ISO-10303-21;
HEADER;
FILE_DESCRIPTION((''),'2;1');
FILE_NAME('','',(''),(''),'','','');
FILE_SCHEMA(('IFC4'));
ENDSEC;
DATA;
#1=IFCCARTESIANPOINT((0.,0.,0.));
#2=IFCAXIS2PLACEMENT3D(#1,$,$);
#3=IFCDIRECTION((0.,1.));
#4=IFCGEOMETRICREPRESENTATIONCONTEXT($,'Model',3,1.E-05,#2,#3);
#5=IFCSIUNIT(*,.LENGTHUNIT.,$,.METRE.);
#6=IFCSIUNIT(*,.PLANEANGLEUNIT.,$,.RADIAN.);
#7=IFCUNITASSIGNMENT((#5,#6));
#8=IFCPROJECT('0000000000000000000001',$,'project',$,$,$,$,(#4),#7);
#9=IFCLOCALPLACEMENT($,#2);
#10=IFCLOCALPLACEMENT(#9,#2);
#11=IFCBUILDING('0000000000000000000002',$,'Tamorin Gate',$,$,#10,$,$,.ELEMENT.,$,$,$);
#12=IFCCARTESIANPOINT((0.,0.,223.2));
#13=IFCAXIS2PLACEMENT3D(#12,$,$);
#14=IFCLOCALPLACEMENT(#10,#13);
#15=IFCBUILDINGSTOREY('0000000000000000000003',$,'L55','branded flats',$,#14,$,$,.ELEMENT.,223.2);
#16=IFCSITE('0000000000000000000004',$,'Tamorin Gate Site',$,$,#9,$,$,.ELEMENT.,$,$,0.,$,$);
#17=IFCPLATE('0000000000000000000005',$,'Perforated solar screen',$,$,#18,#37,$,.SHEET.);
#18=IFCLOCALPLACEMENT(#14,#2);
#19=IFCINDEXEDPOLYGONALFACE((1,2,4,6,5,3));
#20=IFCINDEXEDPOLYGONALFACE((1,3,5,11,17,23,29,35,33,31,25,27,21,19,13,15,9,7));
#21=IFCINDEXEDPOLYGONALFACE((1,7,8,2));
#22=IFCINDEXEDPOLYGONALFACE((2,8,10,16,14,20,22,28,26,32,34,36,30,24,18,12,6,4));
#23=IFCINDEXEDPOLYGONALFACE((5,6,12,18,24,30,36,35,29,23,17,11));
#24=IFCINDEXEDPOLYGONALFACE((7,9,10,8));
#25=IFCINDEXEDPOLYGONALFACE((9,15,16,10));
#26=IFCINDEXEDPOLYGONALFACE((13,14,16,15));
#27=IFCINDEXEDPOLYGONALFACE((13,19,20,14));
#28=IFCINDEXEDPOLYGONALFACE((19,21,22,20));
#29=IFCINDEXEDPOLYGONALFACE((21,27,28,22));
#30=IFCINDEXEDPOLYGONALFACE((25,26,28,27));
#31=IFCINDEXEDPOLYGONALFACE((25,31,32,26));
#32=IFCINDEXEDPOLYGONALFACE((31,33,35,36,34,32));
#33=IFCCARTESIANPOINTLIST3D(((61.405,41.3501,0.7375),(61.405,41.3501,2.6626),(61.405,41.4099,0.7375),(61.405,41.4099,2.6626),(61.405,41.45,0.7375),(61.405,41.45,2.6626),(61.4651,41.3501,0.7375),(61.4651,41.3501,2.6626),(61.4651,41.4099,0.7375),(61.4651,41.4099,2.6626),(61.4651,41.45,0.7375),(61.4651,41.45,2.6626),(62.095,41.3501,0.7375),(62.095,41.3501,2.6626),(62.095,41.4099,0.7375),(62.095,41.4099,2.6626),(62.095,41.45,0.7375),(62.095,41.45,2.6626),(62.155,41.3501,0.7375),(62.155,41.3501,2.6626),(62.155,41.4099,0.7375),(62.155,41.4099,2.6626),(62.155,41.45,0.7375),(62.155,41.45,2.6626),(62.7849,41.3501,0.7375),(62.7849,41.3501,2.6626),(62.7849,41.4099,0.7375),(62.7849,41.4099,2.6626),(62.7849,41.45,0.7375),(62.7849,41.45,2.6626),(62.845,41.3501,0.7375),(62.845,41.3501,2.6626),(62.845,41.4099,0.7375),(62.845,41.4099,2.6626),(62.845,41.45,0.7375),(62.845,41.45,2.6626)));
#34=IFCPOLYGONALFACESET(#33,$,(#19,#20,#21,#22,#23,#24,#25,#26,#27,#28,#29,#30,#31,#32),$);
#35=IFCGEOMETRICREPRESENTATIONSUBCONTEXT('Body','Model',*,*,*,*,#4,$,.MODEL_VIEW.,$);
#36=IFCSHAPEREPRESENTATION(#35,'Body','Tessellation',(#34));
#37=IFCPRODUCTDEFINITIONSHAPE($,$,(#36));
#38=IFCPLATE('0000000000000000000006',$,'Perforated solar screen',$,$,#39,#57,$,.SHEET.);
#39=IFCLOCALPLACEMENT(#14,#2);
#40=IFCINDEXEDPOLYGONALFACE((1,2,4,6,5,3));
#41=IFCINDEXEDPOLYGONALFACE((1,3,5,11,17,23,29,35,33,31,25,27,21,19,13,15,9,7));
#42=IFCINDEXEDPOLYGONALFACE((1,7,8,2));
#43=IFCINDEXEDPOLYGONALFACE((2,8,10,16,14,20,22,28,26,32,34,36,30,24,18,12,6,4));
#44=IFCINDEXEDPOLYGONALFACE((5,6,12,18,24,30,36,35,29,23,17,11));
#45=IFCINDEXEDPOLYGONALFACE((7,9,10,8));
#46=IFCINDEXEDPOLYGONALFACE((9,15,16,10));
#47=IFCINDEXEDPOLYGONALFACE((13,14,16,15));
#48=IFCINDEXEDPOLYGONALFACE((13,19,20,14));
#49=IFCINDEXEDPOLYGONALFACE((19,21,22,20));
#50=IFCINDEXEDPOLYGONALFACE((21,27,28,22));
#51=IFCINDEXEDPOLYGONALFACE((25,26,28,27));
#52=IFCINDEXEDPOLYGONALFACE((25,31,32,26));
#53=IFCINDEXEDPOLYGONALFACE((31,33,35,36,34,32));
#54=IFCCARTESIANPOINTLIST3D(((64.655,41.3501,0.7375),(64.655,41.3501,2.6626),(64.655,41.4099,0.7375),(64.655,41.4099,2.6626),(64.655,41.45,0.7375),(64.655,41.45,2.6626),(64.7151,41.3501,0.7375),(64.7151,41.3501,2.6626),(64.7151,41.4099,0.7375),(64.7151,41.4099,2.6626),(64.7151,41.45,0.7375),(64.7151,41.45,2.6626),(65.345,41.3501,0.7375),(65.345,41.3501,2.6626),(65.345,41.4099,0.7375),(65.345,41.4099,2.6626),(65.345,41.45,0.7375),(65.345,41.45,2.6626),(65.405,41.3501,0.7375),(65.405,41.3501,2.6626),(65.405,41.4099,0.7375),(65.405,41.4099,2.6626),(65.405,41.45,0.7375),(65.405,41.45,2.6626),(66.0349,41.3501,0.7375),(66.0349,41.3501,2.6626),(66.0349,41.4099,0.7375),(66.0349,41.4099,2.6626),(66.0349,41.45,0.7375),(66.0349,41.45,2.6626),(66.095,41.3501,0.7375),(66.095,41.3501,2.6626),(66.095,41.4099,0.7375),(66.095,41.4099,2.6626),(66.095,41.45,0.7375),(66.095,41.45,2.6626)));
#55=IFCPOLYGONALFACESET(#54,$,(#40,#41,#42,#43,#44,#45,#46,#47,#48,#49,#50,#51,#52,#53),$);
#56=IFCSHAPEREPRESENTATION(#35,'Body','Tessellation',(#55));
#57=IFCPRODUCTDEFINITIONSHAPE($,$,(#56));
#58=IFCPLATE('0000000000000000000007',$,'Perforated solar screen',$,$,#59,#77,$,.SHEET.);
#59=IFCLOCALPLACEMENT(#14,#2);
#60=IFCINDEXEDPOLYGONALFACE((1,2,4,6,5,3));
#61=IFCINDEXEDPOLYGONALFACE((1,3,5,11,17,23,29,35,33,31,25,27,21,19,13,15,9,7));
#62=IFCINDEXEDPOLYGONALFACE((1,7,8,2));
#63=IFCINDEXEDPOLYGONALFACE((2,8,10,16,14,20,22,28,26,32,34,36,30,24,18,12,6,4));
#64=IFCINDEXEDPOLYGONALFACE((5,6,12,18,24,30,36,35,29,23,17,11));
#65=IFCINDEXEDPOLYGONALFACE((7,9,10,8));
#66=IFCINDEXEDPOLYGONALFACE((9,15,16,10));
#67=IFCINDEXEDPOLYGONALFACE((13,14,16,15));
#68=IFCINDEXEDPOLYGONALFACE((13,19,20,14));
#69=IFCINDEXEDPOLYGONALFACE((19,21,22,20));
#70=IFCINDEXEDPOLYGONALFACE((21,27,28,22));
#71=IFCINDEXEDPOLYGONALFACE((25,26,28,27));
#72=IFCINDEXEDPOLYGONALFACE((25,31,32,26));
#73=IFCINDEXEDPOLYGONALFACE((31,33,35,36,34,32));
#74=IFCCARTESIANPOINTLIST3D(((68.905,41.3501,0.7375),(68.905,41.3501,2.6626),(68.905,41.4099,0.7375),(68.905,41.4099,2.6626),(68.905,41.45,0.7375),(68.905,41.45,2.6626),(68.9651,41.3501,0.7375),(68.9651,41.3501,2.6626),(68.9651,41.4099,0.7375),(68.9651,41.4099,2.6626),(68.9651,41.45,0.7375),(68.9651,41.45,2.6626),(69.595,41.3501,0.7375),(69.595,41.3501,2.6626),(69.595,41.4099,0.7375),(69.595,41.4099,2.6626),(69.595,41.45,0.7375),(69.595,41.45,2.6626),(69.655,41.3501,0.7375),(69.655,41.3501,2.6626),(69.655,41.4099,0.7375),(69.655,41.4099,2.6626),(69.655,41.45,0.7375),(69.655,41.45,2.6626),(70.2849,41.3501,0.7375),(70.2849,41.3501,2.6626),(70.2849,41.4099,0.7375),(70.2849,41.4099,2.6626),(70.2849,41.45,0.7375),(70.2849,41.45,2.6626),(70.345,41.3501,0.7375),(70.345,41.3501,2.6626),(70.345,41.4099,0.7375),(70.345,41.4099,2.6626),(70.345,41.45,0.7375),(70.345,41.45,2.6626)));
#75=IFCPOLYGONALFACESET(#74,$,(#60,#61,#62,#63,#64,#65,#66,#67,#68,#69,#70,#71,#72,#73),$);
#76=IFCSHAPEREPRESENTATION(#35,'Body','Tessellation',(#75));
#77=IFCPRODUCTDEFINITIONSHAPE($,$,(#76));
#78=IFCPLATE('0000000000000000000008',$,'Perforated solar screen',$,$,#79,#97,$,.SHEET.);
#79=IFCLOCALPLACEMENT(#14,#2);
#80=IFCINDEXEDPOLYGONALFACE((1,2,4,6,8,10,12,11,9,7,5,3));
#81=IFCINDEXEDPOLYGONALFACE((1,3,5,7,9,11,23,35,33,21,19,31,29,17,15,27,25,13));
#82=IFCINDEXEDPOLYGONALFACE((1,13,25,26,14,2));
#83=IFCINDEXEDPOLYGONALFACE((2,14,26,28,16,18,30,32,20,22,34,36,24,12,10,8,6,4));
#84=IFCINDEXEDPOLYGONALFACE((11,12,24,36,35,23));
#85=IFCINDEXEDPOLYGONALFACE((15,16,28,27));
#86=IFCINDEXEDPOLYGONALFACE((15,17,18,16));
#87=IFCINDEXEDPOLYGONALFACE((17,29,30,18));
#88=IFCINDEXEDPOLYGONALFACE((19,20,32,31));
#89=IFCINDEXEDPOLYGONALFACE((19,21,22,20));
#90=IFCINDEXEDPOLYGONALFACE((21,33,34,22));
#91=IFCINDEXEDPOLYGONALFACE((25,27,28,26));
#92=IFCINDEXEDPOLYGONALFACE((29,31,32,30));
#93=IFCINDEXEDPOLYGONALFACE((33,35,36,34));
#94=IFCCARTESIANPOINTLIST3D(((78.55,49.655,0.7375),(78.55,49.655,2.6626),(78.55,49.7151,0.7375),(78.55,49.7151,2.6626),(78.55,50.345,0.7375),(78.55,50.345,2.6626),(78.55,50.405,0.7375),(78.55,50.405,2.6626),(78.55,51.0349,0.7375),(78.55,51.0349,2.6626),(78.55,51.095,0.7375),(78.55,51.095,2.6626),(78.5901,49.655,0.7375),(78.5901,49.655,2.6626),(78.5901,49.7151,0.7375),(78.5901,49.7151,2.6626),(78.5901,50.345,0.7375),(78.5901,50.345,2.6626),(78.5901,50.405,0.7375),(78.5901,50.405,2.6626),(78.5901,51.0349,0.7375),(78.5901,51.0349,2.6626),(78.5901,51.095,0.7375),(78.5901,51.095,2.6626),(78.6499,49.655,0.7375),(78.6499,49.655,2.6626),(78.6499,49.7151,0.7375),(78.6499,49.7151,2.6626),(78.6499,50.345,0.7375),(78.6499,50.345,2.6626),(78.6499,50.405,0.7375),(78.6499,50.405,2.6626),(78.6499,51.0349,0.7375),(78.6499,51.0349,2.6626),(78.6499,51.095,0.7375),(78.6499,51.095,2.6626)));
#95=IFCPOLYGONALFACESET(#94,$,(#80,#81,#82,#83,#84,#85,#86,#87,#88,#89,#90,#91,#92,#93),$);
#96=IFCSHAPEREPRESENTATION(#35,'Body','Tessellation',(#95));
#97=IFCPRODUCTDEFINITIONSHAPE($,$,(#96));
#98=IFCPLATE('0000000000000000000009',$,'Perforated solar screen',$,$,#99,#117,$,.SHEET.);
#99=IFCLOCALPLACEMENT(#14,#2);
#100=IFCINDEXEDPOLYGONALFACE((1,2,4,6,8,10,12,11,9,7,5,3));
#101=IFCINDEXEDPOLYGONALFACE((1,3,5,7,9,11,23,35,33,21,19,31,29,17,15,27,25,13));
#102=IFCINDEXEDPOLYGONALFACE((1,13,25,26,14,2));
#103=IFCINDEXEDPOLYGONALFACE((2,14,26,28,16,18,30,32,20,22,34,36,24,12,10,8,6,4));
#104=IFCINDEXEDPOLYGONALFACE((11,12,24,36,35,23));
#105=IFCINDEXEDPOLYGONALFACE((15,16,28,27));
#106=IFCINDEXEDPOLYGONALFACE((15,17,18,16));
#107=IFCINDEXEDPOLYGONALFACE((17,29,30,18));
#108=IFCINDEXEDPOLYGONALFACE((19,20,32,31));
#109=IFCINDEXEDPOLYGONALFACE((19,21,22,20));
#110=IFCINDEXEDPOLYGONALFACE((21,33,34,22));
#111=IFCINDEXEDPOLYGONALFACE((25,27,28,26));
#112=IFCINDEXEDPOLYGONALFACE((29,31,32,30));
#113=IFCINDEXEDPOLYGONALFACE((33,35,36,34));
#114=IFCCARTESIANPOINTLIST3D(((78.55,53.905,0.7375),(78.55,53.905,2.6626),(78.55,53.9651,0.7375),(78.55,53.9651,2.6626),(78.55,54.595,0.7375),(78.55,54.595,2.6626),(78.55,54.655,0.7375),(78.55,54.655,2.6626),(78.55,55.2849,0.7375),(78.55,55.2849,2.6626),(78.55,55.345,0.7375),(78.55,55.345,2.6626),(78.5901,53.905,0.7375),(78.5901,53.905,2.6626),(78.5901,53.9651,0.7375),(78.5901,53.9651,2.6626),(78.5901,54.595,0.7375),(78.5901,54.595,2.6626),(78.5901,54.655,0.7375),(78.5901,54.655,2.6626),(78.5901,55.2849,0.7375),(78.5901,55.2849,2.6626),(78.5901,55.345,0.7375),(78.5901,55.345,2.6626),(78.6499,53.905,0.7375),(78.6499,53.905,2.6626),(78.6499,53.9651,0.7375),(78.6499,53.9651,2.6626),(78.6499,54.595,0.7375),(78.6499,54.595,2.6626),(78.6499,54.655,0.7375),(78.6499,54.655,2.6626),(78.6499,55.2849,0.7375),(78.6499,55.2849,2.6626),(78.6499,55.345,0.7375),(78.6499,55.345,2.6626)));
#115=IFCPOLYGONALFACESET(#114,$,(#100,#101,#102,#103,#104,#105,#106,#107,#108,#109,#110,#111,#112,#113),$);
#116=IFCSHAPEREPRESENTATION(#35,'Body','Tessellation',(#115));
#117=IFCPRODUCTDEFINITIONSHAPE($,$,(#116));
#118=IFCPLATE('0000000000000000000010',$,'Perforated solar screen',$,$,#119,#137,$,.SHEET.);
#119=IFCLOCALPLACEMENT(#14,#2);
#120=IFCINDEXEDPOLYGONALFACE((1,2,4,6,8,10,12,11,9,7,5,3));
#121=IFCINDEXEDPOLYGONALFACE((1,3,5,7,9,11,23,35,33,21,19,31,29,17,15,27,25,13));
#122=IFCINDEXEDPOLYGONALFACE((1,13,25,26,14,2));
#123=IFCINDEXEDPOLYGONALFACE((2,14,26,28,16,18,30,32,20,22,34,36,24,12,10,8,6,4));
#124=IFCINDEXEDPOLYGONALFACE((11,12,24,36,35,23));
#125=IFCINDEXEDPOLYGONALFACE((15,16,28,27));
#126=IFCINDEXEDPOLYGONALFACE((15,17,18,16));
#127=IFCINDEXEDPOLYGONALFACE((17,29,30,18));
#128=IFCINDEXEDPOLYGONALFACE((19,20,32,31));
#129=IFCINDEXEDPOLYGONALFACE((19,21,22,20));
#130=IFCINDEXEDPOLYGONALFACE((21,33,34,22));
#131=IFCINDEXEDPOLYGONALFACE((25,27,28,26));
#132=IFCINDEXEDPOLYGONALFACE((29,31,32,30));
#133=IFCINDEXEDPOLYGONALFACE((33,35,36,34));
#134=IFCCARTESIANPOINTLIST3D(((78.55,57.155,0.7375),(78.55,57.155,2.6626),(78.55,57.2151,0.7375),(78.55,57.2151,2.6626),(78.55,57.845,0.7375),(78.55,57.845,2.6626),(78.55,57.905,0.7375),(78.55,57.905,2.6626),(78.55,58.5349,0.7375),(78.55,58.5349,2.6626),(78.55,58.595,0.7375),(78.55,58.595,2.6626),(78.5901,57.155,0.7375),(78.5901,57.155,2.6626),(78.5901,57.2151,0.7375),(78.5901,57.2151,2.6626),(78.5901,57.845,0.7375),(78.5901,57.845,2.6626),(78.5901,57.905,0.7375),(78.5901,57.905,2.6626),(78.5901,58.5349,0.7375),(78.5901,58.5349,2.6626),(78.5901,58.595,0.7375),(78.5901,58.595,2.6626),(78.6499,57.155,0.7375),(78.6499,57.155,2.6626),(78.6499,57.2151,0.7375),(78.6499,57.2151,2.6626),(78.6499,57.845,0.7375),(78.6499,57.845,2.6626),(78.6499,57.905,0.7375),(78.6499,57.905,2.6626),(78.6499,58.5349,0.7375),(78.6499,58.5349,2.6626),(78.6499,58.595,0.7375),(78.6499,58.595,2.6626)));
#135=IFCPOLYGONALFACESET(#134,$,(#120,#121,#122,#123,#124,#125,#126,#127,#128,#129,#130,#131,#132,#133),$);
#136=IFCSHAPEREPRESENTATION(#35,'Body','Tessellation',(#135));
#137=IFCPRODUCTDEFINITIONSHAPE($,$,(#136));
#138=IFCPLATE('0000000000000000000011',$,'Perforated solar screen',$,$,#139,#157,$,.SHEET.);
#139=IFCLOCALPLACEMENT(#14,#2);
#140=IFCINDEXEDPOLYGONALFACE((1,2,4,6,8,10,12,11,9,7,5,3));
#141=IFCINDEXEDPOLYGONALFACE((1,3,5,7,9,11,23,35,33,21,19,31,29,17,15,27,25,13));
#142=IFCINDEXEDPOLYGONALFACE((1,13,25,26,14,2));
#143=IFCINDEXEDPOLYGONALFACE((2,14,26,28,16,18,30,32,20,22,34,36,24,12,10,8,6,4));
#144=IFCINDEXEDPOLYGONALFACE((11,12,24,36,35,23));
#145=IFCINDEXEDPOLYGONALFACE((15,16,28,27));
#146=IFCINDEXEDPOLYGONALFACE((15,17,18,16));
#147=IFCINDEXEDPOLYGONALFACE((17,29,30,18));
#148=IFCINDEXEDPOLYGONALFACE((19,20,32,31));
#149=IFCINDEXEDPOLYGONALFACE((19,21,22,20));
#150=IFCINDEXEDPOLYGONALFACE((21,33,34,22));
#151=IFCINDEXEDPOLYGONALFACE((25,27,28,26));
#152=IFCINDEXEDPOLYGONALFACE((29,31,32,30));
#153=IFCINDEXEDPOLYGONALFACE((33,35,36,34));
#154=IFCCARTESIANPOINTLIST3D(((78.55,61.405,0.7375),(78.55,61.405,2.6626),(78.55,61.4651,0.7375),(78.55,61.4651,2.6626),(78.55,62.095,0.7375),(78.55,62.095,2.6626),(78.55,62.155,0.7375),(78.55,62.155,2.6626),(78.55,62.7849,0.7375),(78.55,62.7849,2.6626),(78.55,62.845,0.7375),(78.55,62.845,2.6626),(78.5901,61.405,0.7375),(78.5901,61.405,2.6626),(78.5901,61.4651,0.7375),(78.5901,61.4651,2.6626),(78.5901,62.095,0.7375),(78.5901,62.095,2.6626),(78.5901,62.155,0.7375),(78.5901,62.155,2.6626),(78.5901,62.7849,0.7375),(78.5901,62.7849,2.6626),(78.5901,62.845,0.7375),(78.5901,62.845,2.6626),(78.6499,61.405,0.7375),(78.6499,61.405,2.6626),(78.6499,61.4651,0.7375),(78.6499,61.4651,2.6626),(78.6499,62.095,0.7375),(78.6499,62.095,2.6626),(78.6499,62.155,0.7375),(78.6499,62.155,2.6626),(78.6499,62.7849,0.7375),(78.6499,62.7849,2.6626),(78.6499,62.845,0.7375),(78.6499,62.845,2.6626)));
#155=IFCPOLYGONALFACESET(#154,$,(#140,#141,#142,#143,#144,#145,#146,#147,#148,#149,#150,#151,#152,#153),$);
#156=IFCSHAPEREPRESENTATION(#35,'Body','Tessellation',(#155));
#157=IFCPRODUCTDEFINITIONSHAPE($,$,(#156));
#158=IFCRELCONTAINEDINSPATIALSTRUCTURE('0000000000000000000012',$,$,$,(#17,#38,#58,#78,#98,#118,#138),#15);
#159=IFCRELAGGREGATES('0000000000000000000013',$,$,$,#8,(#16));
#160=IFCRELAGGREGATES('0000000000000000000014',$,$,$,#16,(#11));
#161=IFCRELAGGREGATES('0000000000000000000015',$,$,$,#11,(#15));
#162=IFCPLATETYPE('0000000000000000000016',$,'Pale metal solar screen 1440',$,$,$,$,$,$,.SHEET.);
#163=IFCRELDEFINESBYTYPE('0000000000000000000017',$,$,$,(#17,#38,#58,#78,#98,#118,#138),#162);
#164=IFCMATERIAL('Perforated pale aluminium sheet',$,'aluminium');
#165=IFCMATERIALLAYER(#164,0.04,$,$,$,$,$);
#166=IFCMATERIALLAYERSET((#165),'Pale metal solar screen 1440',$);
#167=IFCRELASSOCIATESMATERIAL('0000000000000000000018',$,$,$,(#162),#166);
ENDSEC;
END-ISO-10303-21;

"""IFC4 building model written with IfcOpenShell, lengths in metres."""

from ifc_helpers import new_model, si_unit, direction, frame, origin, place, context, subcontext, project, spatial, polyline, outline, extrude, material, layer, layer_set, type_object, element, save


model = new_model("IFC4")

# Units and contexts
model_context = context("Model", 3, precision=1e-05, world=origin(), true_north=direction((0.0, 1.0)))
body_context = subcontext(model_context, "Body", "Model", "MODEL_VIEW")
ifc_project = project(units=[si_unit("LENGTHUNIT", "METRE"), si_unit("PLANEANGLEUNIT", "RADIAN")], contexts=[model_context])

# Site, building, storey
site_placement = place(None, origin())
site = spatial("IfcSite", under=ifc_project, at=site_placement, Name="Tamorin Gate Site", CompositionType="ELEMENT", RefElevation=0.0)
building_placement = place(site_placement, origin())
building = spatial("IfcBuilding", under=site, at=building_placement, Name="Tamorin Gate", CompositionType="ELEMENT")
storey_placement = place(building_placement, frame((0.0, 0.0, 223.2)))
storey = spatial("IfcBuildingStorey", under=building, at=storey_placement, Name="L55", Description="branded flats", CompositionType="ELEMENT", Elevation=223.2)

# Plates
ifc_material_1 = material(Name="Perforated pale aluminium sheet", Category="aluminium")
ifc_layer_1 = layer(ifc_material_1, 0.04)
ifc_layer_set_1 = layer_set([ifc_layer_1], Name="Pale metal solar screen 1440")
plate_type = type_object("IfcPlateType", Name="Pale metal solar screen 1440", PredefinedType="SHEET", material=ifc_layer_set_1)
plate_1_placement = place(storey_placement, frame((0.0, 0.0, 0.7375)))
element("IfcPlate", 1, at=plate_1_placement, inside=storey, type_object=plate_type, Name="Perforated solar screen", PredefinedType="SHEET", context=body_context, shape_type="SweptSolid", body=[
    extrude(outline(polyline([(61.405, 41.4099), (61.405, 41.45), (61.4651, 41.45), (62.095, 41.45), (62.155, 41.45), (62.7849, 41.45), (62.845, 41.45), (62.845, 41.4099), (62.845, 41.3501), (62.7849, 41.3501), (62.7849, 41.4099), (62.155, 41.4099), (62.155, 41.3501), (62.095, 41.3501), (62.095, 41.4099), (61.4651, 41.4099), (61.4651, 41.3501), (61.405, 41.3501), (61.405, 41.4099)])), origin(), (0.0, 0.0, 1.0), 1.925),
])
plate_2_placement = place(storey_placement, frame((0.0, 0.0, 0.7375)))
element("IfcPlate", 2, at=plate_2_placement, inside=storey, type_object=plate_type, Name="Perforated solar screen", PredefinedType="SHEET", context=body_context, shape_type="SweptSolid", body=[
    extrude(outline(polyline([(64.655, 41.4099), (64.655, 41.45), (64.7151, 41.45), (65.345, 41.45), (65.405, 41.45), (66.0349, 41.45), (66.095, 41.45), (66.095, 41.4099), (66.095, 41.3501), (66.0349, 41.3501), (66.0349, 41.4099), (65.405, 41.4099), (65.405, 41.3501), (65.345, 41.3501), (65.345, 41.4099), (64.7151, 41.4099), (64.7151, 41.3501), (64.655, 41.3501), (64.655, 41.4099)])), origin(), (0.0, 0.0, 1.0), 1.925),
])
plate_3_placement = place(storey_placement, frame((0.0, 0.0, 0.7375)))
element("IfcPlate", 3, at=plate_3_placement, inside=storey, type_object=plate_type, Name="Perforated solar screen", PredefinedType="SHEET", context=body_context, shape_type="SweptSolid", body=[
    extrude(outline(polyline([(68.905, 41.4099), (68.905, 41.45), (68.9651, 41.45), (69.595, 41.45), (69.655, 41.45), (70.2849, 41.45), (70.345, 41.45), (70.345, 41.4099), (70.345, 41.3501), (70.2849, 41.3501), (70.2849, 41.4099), (69.655, 41.4099), (69.655, 41.3501), (69.595, 41.3501), (69.595, 41.4099), (68.9651, 41.4099), (68.9651, 41.3501), (68.905, 41.3501), (68.905, 41.4099)])), origin(), (0.0, 0.0, 1.0), 1.925),
])
plate_4_placement = place(storey_placement, frame((0.0, 0.0, 0.7375)))
element("IfcPlate", 4, at=plate_4_placement, inside=storey, type_object=plate_type, Name="Perforated solar screen", PredefinedType="SHEET", context=body_context, shape_type="SweptSolid", body=[
    extrude(outline(polyline([(78.5901, 49.655), (78.55, 49.655), (78.55, 49.7151), (78.55, 50.345), (78.55, 50.405), (78.55, 51.0349), (78.55, 51.095), (78.55, 51.095), (78.5901, 51.095), (78.5901, 51.095), (78.6499, 51.095), (78.6499, 51.0349), (78.5901, 51.0349), (78.5901, 50.405), (78.6499, 50.405), (78.6499, 50.345), (78.5901, 50.345), (78.5901, 49.7151), (78.6499, 49.7151), (78.6499, 49.655), (78.5901, 49.655)])), origin(), (0.0, 0.0, 1.0), 1.925),
])
plate_5_placement = place(storey_placement, frame((0.0, 0.0, 0.7375)))
element("IfcPlate", 5, at=plate_5_placement, inside=storey, type_object=plate_type, Name="Perforated solar screen", PredefinedType="SHEET", context=body_context, shape_type="SweptSolid", body=[
    extrude(outline(polyline([(78.5901, 53.905), (78.55, 53.905), (78.55, 53.9651), (78.55, 54.595), (78.55, 54.655), (78.55, 55.2849), (78.55, 55.345), (78.5901, 55.345), (78.6499, 55.345), (78.6499, 55.2849), (78.5901, 55.2849), (78.5901, 54.655), (78.6499, 54.655), (78.6499, 54.595), (78.5901, 54.595), (78.5901, 53.9651), (78.6499, 53.9651), (78.6499, 53.905), (78.5901, 53.905)])), origin(), (0.0, 0.0, 1.0), 1.925),
])
plate_6_placement = place(storey_placement, frame((0.0, 0.0, 0.7375)))
element("IfcPlate", 6, at=plate_6_placement, inside=storey, type_object=plate_type, Name="Perforated solar screen", PredefinedType="SHEET", context=body_context, shape_type="SweptSolid", body=[
    extrude(outline(polyline([(78.5901, 57.155), (78.55, 57.155), (78.55, 57.2151), (78.55, 57.845), (78.55, 57.905), (78.55, 58.5349), (78.55, 58.595), (78.5901, 58.595), (78.6499, 58.595), (78.6499, 58.5349), (78.5901, 58.5349), (78.5901, 57.905), (78.6499, 57.905), (78.6499, 57.845), (78.5901, 57.845), (78.5901, 57.2151), (78.6499, 57.2151), (78.6499, 57.155), (78.5901, 57.155)])), origin(), (0.0, 0.0, 1.0), 1.925),
])
plate_7_placement = place(storey_placement, frame((0.0, 0.0, 0.7375)))
element("IfcPlate", 7, at=plate_7_placement, inside=storey, type_object=plate_type, Name="Perforated solar screen", PredefinedType="SHEET", context=body_context, shape_type="SweptSolid", body=[
    extrude(outline(polyline([(78.5901, 61.405), (78.55, 61.405), (78.55, 61.4651), (78.55, 62.095), (78.55, 62.155), (78.55, 62.7849), (78.55, 62.845), (78.5901, 62.845), (78.6499, 62.845), (78.6499, 62.7849), (78.5901, 62.7849), (78.5901, 62.155), (78.6499, 62.155), (78.6499, 62.095), (78.5901, 62.095), (78.5901, 61.4651), (78.6499, 61.4651), (78.6499, 61.405), (78.5901, 61.405)])), origin(), (0.0, 0.0, 1.0), 1.925),
])

save(model, "model.ifc")
